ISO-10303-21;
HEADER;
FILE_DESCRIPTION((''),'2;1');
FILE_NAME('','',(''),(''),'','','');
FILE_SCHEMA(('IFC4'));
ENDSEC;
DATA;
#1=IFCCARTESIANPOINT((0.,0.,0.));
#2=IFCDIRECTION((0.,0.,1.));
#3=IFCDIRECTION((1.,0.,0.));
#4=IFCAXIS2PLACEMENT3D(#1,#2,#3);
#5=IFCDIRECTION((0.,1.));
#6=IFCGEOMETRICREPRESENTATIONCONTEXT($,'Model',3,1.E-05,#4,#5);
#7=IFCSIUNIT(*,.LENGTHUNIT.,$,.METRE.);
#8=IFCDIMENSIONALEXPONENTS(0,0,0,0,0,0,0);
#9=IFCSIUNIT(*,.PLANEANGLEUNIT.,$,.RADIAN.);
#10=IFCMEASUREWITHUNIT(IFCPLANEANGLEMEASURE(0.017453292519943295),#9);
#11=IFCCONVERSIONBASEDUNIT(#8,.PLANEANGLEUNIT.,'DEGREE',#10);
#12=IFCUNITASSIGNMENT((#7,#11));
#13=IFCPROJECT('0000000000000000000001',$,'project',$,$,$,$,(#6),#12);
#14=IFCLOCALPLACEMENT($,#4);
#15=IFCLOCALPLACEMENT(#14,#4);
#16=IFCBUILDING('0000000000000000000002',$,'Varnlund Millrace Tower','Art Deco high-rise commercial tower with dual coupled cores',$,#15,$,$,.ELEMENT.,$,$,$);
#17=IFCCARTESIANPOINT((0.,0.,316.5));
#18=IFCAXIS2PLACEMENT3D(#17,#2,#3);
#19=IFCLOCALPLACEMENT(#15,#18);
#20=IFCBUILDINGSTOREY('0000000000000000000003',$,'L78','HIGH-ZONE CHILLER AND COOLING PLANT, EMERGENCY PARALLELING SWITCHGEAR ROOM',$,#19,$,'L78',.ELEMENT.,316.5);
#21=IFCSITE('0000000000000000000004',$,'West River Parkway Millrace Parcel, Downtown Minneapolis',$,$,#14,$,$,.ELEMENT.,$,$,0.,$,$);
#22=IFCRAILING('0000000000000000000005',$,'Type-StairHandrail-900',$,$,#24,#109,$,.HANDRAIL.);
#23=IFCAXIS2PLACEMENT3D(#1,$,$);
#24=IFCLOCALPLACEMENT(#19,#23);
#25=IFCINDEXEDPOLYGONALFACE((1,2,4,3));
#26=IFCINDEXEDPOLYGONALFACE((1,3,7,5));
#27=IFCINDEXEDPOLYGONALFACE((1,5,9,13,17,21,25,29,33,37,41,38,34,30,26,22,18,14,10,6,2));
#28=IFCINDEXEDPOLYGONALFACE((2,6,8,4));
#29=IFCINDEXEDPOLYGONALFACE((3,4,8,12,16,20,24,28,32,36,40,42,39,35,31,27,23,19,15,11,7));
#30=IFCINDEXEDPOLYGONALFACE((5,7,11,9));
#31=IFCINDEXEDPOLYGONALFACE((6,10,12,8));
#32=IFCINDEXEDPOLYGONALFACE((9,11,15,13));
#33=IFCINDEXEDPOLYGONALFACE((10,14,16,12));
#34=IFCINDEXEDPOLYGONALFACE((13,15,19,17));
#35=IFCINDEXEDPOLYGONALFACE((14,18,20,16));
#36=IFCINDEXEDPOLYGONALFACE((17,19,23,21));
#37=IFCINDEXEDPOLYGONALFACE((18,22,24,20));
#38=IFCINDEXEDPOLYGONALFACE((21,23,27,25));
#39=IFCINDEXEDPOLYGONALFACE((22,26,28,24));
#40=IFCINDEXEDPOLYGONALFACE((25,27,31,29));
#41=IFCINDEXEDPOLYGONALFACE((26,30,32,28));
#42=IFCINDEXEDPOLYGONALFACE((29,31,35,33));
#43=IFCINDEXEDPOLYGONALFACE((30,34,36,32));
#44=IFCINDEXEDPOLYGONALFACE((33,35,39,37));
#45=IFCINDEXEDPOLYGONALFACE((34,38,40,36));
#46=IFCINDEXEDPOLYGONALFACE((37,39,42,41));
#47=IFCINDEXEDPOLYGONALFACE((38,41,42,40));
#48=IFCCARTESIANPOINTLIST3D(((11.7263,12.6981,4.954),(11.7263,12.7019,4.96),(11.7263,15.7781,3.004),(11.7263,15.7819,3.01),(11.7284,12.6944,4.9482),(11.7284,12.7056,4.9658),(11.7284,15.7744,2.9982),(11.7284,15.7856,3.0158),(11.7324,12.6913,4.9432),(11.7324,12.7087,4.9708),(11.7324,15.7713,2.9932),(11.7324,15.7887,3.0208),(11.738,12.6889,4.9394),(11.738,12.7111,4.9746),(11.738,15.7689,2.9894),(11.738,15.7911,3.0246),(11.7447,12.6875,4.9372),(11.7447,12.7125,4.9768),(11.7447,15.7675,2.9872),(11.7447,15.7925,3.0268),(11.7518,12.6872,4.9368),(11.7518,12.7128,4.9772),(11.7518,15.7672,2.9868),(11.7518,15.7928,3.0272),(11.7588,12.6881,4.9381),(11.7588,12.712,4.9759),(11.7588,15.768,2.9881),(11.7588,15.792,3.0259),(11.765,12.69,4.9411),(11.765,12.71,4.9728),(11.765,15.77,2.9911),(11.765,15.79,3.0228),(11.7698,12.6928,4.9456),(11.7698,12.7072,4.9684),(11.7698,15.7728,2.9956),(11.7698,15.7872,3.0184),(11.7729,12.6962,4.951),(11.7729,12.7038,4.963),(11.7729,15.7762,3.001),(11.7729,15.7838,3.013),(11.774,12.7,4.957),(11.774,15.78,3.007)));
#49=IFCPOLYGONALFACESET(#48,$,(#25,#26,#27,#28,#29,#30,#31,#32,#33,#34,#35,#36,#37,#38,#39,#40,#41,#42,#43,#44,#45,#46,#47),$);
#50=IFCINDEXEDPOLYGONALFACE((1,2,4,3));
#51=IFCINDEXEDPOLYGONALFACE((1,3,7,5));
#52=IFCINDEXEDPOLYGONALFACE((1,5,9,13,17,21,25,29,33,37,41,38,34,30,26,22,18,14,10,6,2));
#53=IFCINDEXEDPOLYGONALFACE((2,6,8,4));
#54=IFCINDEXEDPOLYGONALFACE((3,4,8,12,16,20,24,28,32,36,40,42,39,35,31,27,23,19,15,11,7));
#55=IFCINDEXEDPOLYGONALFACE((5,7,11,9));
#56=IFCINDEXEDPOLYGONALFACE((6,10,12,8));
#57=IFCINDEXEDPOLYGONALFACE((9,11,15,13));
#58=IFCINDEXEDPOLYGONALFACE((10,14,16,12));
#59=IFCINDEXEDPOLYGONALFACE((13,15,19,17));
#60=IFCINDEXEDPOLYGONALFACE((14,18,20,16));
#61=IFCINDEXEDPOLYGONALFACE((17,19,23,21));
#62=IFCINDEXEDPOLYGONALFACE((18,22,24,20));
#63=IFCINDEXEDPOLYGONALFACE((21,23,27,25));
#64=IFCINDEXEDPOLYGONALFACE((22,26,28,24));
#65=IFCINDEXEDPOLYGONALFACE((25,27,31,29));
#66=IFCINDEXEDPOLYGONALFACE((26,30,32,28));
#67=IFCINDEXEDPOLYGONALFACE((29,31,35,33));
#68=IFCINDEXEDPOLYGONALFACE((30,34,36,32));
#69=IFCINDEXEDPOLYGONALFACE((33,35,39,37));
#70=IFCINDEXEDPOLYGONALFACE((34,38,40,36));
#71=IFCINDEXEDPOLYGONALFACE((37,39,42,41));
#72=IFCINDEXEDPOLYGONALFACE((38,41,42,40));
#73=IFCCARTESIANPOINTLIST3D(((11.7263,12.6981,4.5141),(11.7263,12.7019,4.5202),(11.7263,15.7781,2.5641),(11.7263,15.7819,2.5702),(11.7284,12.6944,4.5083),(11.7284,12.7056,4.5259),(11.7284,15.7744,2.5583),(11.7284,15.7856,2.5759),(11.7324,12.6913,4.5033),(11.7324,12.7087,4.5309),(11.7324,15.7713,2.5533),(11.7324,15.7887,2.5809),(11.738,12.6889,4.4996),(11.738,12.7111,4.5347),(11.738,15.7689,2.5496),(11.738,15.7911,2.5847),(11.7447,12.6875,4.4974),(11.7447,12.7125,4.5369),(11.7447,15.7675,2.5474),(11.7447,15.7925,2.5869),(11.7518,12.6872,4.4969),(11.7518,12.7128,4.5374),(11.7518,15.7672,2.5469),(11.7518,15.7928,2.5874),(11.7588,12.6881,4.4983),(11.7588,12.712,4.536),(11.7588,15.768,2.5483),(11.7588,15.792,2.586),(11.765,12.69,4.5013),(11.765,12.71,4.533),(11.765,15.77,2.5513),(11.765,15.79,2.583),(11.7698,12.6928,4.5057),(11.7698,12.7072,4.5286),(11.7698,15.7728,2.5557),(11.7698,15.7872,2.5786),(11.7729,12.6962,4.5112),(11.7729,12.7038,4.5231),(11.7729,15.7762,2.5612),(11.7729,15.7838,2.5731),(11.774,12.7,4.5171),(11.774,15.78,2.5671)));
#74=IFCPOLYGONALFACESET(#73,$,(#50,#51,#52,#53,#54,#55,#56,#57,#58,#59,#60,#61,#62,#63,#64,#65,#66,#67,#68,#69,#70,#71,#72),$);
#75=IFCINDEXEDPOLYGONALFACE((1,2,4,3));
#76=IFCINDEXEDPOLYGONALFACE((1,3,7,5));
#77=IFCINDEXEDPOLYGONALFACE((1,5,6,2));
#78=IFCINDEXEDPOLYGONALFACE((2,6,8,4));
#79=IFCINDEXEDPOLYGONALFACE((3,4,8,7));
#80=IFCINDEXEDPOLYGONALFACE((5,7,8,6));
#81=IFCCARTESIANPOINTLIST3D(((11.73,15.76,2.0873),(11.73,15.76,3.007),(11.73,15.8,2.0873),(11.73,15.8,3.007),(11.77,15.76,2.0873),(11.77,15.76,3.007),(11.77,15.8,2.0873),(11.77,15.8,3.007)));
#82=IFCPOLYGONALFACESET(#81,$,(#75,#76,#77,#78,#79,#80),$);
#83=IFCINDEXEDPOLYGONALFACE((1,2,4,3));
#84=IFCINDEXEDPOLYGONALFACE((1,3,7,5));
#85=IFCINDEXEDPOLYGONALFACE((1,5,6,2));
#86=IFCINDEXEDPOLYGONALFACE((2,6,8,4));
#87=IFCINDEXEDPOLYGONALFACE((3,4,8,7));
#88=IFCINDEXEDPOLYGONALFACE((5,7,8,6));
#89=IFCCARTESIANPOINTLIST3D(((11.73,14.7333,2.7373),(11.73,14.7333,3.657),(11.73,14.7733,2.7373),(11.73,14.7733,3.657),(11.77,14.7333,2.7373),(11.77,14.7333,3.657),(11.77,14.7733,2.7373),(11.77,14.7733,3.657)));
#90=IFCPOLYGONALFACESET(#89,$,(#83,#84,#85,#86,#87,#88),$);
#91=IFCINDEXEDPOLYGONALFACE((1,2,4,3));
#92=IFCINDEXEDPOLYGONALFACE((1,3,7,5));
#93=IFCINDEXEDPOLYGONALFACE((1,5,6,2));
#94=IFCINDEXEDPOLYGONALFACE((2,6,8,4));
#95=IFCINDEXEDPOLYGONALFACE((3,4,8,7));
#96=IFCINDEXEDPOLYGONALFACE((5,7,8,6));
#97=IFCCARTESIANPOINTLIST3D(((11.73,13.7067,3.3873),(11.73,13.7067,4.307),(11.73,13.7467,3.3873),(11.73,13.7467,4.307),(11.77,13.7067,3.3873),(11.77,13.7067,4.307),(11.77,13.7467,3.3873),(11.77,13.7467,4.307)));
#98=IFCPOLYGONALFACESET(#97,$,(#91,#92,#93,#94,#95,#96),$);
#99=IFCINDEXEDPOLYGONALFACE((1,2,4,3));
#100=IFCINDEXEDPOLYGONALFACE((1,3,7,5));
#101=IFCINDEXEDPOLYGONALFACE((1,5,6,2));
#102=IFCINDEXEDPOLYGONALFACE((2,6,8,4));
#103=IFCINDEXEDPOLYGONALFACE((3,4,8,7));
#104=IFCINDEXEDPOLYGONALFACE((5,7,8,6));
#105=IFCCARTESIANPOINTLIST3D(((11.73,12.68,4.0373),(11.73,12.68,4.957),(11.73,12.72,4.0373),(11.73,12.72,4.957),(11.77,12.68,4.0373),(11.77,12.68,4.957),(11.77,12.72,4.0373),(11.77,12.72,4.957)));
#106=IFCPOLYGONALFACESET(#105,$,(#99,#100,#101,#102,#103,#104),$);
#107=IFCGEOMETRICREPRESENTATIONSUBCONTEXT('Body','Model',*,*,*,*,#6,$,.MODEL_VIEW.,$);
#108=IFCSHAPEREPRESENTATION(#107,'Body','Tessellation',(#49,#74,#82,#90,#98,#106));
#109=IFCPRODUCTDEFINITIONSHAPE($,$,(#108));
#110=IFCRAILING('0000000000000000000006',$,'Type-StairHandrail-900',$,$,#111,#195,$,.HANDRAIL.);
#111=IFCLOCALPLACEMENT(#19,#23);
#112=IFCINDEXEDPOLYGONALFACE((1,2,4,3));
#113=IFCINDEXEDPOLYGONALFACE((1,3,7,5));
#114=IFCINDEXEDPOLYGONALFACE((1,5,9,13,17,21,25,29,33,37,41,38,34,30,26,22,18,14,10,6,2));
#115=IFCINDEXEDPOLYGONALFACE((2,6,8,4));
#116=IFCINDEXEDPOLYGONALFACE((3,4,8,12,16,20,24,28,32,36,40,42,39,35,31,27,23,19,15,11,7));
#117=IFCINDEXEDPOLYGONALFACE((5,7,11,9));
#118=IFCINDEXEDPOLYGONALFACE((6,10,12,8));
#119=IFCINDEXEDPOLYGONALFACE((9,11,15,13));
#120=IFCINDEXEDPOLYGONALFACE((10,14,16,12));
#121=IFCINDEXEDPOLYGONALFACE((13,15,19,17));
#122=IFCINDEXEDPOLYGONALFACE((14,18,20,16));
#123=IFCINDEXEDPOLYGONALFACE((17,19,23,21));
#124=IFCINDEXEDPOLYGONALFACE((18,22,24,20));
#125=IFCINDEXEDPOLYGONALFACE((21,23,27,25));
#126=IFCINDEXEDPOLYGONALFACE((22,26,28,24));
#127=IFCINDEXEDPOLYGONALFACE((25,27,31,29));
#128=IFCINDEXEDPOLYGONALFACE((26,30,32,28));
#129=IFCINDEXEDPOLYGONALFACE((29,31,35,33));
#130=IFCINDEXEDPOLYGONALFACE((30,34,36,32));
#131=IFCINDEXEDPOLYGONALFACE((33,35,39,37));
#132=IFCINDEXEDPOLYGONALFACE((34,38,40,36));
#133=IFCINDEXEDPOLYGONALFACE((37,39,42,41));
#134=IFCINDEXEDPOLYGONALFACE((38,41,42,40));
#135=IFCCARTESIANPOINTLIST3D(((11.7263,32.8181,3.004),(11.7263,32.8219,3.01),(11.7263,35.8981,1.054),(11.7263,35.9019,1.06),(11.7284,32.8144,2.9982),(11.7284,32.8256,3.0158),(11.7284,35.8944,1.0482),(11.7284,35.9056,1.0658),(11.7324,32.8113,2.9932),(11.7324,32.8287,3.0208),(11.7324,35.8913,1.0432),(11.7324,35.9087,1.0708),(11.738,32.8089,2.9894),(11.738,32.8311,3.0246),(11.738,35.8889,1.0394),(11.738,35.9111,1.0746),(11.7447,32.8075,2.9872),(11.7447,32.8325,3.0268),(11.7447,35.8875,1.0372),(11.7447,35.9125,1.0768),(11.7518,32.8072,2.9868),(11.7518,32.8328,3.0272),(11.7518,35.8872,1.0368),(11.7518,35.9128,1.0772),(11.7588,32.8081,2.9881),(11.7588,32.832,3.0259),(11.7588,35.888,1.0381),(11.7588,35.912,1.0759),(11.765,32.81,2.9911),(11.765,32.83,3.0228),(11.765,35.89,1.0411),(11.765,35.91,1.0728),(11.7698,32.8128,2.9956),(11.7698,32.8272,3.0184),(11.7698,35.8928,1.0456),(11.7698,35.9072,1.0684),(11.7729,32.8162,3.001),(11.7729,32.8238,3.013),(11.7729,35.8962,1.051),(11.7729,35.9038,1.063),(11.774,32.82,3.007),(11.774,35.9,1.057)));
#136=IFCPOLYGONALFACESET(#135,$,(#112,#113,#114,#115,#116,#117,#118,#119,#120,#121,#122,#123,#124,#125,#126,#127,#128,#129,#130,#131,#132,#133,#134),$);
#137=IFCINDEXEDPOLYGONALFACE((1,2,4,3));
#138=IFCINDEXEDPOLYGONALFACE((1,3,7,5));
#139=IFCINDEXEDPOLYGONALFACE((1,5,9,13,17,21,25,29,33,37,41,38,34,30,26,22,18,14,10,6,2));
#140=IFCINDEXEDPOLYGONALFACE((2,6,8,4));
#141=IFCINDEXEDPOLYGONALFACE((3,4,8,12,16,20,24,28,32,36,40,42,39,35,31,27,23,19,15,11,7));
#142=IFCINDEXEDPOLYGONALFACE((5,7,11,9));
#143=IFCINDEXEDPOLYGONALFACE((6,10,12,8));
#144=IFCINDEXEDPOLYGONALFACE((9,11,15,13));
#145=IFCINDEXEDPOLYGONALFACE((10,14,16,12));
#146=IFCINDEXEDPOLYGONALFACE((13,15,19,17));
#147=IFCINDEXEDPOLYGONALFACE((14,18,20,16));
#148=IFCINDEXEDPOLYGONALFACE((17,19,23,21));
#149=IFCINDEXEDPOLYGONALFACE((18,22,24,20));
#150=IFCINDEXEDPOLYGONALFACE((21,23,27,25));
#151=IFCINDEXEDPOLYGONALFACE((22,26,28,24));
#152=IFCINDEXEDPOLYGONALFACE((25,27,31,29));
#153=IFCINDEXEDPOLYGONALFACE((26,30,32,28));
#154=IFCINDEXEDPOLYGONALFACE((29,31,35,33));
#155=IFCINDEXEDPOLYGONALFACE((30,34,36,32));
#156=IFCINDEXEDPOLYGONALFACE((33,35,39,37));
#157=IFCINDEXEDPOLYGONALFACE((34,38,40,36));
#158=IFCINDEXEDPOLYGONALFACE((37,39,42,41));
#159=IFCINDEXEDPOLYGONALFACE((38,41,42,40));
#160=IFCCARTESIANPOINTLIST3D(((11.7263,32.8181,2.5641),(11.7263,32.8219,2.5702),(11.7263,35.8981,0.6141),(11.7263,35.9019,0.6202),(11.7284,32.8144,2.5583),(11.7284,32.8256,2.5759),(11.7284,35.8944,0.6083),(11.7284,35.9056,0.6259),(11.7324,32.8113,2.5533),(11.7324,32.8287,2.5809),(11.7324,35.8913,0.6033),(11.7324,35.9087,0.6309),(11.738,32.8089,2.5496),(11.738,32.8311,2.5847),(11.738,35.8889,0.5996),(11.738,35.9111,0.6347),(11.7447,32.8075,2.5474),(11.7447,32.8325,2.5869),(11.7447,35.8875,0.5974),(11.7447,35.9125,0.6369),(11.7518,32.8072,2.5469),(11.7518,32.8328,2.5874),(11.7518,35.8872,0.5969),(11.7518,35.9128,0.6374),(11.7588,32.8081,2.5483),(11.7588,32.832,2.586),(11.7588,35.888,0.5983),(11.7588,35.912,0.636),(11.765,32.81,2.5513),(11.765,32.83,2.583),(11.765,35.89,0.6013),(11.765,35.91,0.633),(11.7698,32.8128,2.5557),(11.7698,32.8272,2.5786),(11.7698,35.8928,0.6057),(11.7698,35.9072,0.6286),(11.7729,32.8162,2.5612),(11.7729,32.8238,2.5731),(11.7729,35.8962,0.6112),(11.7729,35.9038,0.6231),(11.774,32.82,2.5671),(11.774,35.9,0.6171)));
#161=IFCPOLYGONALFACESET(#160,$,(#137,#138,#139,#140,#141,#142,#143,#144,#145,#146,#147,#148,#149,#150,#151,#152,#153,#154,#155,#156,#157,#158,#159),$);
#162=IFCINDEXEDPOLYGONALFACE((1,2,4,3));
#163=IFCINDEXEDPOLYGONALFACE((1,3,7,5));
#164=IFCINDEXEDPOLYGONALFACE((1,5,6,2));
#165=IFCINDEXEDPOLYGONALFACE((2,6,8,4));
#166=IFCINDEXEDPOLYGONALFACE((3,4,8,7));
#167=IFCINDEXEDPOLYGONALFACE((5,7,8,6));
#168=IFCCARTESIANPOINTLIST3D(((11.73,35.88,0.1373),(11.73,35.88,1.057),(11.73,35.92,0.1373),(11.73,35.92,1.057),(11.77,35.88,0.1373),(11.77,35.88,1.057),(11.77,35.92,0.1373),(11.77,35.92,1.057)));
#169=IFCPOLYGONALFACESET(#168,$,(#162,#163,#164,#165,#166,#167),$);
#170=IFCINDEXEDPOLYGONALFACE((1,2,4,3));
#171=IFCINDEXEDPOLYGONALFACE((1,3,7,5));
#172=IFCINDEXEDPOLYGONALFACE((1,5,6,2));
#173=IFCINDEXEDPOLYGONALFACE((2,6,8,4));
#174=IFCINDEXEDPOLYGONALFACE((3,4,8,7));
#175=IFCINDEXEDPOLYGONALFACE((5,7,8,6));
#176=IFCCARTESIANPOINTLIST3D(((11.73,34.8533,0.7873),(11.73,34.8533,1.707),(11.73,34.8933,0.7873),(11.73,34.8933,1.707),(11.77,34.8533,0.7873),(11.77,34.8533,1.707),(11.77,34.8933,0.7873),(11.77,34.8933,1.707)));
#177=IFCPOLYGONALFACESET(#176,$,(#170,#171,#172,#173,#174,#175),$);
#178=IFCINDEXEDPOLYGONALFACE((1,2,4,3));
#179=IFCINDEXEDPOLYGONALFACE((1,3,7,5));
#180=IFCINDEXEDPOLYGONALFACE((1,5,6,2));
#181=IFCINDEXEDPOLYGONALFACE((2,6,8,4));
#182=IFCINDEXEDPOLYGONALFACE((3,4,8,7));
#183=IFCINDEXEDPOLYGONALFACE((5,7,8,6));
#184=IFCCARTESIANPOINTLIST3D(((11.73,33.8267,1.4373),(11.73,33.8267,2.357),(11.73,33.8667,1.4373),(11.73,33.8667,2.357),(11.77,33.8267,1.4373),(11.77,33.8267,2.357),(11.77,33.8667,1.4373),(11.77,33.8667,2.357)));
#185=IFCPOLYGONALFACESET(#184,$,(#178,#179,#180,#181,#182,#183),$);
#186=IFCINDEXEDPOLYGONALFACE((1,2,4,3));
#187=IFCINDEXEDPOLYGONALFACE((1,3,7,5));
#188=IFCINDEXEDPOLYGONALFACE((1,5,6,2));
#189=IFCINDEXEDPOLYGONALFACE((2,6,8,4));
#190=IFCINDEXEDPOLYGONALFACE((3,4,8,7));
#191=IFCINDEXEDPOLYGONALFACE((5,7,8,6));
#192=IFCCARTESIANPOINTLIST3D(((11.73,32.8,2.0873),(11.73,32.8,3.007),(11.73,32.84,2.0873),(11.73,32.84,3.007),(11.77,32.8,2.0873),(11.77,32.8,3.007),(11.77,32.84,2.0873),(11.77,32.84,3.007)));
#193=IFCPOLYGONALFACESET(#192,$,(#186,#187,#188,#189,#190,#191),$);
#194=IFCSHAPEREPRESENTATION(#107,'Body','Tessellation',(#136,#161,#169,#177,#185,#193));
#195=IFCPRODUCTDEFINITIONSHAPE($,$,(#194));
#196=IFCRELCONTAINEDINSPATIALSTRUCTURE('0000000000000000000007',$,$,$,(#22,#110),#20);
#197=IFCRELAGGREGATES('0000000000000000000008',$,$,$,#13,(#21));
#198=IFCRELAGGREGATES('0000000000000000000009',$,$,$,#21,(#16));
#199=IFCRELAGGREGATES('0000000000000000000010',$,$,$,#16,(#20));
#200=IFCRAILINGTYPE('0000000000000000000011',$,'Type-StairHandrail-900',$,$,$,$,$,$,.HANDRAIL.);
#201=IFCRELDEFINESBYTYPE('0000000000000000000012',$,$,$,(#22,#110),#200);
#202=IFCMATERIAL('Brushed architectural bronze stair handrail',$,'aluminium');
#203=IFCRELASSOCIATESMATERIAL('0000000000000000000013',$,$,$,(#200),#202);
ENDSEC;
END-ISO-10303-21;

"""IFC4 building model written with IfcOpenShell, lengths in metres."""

from ifc_helpers import new_model, entity, si_unit, converted_unit, direction, frame, origin_with_axes, origin_2d_with_axis, place, context, subcontext, project, spatial, rectangle, circle, extrude, material, type_object, element, save


model = new_model("IFC4")

# Units and contexts
model_context = context("Model", 3, precision=1e-05, world=origin_with_axes(), true_north=direction((0.0, 1.0)))
body_context = subcontext(model_context, "Body", "Model", "MODEL_VIEW")
ifc_project = project(units=[si_unit("LENGTHUNIT", "METRE"), converted_unit("PLANEANGLEUNIT", "DEGREE", entity("IfcPlaneAngleMeasure", 0.017453292519943295), si_unit("PLANEANGLEUNIT", "RADIAN"), dimensions=[0, 0, 0, 0, 0, 0, 0])], contexts=[model_context])

# Site, building, storey
site_placement = place(None, origin_with_axes())
site = spatial("IfcSite", under=ifc_project, at=site_placement, Name="West River Parkway Millrace Parcel, Downtown Minneapolis", CompositionType="ELEMENT", RefElevation=0.0)
building_placement = place(site_placement, origin_with_axes())
building = spatial("IfcBuilding", under=site, at=building_placement, Name="Varnlund Millrace Tower", Description="Art Deco high-rise commercial tower with dual coupled cores", CompositionType="ELEMENT")
storey_placement = place(building_placement, frame((0.0, 0.0, 316.5), z_axis=(0.0, 0.0, 1.0), x_axis=(1.0, 0.0, 0.0)))
storey = spatial("IfcBuildingStorey", under=building, at=storey_placement, Name="L78", Description="HIGH-ZONE CHILLER AND COOLING PLANT, EMERGENCY PARALLELING SWITCHGEAR ROOM", LongName="L78", CompositionType="ELEMENT", Elevation=316.5)

# Railings
ifc_material_1 = material(Name="Brushed architectural bronze stair handrail", Category="aluminium")
railing_type_1 = type_object("IfcRailingType", Name="Type-StairHandrail-900", PredefinedType="HANDRAIL", material=ifc_material_1)
railing_1_placement = place(storey_placement, frame((0.0, 0.0, -316.5), z_axis=(0.0, 0.0, 1.0), x_axis=(1.0, 0.0, 0.0)))
element("IfcRailing", 1, at=railing_1_placement, inside=storey, type_object=railing_type_1, Name="Type-StairHandrail-900", PredefinedType="HANDRAIL", context=body_context, shape_type="SweptSolid", body=[
    extrude(circle(Radius=0.024, at=origin_2d_with_axis()), frame((11.75, 15.78, 319.507), z_axis=(0.0, -0.844902, 0.534922), x_axis=(1.0, 0.0, 0.0)), (0.0, 0.0, 1.0), 3.6454),
    extrude(circle(Radius=0.024, at=origin_2d_with_axis()), frame((11.75, 15.78, 319.0671), z_axis=(0.0, -0.844902, 0.534922), x_axis=(1.0, 0.0, 0.0)), (0.0, 0.0, 1.0), 3.6454),
    extrude(rectangle(XDim=0.04, YDim=0.04, at=origin_2d_with_axis()), frame((11.75, 15.78, 318.5873), z_axis=(0.0, 0.0, 1.0), x_axis=(1.0, 0.0, 0.0)), (0.0, 0.0, 1.0), 0.9197),
    extrude(rectangle(XDim=0.04, YDim=0.04, at=origin_2d_with_axis()), frame((11.75, 14.7533, 319.2373), z_axis=(0.0, 0.0, 1.0), x_axis=(1.0, 0.0, 0.0)), (0.0, 0.0, 1.0), 0.9197),
    extrude(rectangle(XDim=0.04, YDim=0.04, at=origin_2d_with_axis()), frame((11.75, 13.7267, 319.8873), z_axis=(0.0, 0.0, 1.0), x_axis=(1.0, 0.0, 0.0)), (0.0, 0.0, 1.0), 0.9197),
    extrude(rectangle(XDim=0.04, YDim=0.04, at=origin_2d_with_axis()), frame((11.75, 12.7, 320.5373), z_axis=(0.0, 0.0, 1.0), x_axis=(1.0, 0.0, 0.0)), (0.0, 0.0, 1.0), 0.9197),
])
railing_2_placement = place(storey_placement, frame((0.0, 0.0, -316.5), z_axis=(0.0, 0.0, 1.0), x_axis=(1.0, 0.0, 0.0)))
element("IfcRailing", 2, at=railing_2_placement, inside=storey, type_object=railing_type_1, Name="Type-StairHandrail-900", PredefinedType="HANDRAIL", context=body_context, shape_type="SweptSolid", body=[
    extrude(circle(Radius=0.024, at=origin_2d_with_axis()), frame((11.75, 35.9, 317.557), z_axis=(0.0, -0.844902, 0.534922), x_axis=(1.0, 0.0, 0.0)), (0.0, 0.0, 1.0), 3.6454),
    extrude(circle(Radius=0.024, at=origin_2d_with_axis()), frame((11.75, 35.9, 317.1171), z_axis=(0.0, -0.844902, 0.534922), x_axis=(1.0, 0.0, 0.0)), (0.0, 0.0, 1.0), 3.6454),
    extrude(rectangle(XDim=0.04, YDim=0.04, at=origin_2d_with_axis()), frame((11.75, 35.9, 316.6373), z_axis=(0.0, 0.0, 1.0), x_axis=(1.0, 0.0, 0.0)), (0.0, 0.0, 1.0), 0.9197),
    extrude(rectangle(XDim=0.04, YDim=0.04, at=origin_2d_with_axis()), frame((11.75, 34.8733, 317.2873), z_axis=(0.0, 0.0, 1.0), x_axis=(1.0, 0.0, 0.0)), (0.0, 0.0, 1.0), 0.9197),
    extrude(rectangle(XDim=0.04, YDim=0.04, at=origin_2d_with_axis()), frame((11.75, 33.8467, 317.9373), z_axis=(0.0, 0.0, 1.0), x_axis=(1.0, 0.0, 0.0)), (0.0, 0.0, 1.0), 0.9197),
    extrude(rectangle(XDim=0.04, YDim=0.04, at=origin_2d_with_axis()), frame((11.75, 32.82, 318.5873), z_axis=(0.0, 0.0, 1.0), x_axis=(1.0, 0.0, 0.0)), (0.0, 0.0, 1.0), 0.9197),
])

save(model, "model.ifc")
